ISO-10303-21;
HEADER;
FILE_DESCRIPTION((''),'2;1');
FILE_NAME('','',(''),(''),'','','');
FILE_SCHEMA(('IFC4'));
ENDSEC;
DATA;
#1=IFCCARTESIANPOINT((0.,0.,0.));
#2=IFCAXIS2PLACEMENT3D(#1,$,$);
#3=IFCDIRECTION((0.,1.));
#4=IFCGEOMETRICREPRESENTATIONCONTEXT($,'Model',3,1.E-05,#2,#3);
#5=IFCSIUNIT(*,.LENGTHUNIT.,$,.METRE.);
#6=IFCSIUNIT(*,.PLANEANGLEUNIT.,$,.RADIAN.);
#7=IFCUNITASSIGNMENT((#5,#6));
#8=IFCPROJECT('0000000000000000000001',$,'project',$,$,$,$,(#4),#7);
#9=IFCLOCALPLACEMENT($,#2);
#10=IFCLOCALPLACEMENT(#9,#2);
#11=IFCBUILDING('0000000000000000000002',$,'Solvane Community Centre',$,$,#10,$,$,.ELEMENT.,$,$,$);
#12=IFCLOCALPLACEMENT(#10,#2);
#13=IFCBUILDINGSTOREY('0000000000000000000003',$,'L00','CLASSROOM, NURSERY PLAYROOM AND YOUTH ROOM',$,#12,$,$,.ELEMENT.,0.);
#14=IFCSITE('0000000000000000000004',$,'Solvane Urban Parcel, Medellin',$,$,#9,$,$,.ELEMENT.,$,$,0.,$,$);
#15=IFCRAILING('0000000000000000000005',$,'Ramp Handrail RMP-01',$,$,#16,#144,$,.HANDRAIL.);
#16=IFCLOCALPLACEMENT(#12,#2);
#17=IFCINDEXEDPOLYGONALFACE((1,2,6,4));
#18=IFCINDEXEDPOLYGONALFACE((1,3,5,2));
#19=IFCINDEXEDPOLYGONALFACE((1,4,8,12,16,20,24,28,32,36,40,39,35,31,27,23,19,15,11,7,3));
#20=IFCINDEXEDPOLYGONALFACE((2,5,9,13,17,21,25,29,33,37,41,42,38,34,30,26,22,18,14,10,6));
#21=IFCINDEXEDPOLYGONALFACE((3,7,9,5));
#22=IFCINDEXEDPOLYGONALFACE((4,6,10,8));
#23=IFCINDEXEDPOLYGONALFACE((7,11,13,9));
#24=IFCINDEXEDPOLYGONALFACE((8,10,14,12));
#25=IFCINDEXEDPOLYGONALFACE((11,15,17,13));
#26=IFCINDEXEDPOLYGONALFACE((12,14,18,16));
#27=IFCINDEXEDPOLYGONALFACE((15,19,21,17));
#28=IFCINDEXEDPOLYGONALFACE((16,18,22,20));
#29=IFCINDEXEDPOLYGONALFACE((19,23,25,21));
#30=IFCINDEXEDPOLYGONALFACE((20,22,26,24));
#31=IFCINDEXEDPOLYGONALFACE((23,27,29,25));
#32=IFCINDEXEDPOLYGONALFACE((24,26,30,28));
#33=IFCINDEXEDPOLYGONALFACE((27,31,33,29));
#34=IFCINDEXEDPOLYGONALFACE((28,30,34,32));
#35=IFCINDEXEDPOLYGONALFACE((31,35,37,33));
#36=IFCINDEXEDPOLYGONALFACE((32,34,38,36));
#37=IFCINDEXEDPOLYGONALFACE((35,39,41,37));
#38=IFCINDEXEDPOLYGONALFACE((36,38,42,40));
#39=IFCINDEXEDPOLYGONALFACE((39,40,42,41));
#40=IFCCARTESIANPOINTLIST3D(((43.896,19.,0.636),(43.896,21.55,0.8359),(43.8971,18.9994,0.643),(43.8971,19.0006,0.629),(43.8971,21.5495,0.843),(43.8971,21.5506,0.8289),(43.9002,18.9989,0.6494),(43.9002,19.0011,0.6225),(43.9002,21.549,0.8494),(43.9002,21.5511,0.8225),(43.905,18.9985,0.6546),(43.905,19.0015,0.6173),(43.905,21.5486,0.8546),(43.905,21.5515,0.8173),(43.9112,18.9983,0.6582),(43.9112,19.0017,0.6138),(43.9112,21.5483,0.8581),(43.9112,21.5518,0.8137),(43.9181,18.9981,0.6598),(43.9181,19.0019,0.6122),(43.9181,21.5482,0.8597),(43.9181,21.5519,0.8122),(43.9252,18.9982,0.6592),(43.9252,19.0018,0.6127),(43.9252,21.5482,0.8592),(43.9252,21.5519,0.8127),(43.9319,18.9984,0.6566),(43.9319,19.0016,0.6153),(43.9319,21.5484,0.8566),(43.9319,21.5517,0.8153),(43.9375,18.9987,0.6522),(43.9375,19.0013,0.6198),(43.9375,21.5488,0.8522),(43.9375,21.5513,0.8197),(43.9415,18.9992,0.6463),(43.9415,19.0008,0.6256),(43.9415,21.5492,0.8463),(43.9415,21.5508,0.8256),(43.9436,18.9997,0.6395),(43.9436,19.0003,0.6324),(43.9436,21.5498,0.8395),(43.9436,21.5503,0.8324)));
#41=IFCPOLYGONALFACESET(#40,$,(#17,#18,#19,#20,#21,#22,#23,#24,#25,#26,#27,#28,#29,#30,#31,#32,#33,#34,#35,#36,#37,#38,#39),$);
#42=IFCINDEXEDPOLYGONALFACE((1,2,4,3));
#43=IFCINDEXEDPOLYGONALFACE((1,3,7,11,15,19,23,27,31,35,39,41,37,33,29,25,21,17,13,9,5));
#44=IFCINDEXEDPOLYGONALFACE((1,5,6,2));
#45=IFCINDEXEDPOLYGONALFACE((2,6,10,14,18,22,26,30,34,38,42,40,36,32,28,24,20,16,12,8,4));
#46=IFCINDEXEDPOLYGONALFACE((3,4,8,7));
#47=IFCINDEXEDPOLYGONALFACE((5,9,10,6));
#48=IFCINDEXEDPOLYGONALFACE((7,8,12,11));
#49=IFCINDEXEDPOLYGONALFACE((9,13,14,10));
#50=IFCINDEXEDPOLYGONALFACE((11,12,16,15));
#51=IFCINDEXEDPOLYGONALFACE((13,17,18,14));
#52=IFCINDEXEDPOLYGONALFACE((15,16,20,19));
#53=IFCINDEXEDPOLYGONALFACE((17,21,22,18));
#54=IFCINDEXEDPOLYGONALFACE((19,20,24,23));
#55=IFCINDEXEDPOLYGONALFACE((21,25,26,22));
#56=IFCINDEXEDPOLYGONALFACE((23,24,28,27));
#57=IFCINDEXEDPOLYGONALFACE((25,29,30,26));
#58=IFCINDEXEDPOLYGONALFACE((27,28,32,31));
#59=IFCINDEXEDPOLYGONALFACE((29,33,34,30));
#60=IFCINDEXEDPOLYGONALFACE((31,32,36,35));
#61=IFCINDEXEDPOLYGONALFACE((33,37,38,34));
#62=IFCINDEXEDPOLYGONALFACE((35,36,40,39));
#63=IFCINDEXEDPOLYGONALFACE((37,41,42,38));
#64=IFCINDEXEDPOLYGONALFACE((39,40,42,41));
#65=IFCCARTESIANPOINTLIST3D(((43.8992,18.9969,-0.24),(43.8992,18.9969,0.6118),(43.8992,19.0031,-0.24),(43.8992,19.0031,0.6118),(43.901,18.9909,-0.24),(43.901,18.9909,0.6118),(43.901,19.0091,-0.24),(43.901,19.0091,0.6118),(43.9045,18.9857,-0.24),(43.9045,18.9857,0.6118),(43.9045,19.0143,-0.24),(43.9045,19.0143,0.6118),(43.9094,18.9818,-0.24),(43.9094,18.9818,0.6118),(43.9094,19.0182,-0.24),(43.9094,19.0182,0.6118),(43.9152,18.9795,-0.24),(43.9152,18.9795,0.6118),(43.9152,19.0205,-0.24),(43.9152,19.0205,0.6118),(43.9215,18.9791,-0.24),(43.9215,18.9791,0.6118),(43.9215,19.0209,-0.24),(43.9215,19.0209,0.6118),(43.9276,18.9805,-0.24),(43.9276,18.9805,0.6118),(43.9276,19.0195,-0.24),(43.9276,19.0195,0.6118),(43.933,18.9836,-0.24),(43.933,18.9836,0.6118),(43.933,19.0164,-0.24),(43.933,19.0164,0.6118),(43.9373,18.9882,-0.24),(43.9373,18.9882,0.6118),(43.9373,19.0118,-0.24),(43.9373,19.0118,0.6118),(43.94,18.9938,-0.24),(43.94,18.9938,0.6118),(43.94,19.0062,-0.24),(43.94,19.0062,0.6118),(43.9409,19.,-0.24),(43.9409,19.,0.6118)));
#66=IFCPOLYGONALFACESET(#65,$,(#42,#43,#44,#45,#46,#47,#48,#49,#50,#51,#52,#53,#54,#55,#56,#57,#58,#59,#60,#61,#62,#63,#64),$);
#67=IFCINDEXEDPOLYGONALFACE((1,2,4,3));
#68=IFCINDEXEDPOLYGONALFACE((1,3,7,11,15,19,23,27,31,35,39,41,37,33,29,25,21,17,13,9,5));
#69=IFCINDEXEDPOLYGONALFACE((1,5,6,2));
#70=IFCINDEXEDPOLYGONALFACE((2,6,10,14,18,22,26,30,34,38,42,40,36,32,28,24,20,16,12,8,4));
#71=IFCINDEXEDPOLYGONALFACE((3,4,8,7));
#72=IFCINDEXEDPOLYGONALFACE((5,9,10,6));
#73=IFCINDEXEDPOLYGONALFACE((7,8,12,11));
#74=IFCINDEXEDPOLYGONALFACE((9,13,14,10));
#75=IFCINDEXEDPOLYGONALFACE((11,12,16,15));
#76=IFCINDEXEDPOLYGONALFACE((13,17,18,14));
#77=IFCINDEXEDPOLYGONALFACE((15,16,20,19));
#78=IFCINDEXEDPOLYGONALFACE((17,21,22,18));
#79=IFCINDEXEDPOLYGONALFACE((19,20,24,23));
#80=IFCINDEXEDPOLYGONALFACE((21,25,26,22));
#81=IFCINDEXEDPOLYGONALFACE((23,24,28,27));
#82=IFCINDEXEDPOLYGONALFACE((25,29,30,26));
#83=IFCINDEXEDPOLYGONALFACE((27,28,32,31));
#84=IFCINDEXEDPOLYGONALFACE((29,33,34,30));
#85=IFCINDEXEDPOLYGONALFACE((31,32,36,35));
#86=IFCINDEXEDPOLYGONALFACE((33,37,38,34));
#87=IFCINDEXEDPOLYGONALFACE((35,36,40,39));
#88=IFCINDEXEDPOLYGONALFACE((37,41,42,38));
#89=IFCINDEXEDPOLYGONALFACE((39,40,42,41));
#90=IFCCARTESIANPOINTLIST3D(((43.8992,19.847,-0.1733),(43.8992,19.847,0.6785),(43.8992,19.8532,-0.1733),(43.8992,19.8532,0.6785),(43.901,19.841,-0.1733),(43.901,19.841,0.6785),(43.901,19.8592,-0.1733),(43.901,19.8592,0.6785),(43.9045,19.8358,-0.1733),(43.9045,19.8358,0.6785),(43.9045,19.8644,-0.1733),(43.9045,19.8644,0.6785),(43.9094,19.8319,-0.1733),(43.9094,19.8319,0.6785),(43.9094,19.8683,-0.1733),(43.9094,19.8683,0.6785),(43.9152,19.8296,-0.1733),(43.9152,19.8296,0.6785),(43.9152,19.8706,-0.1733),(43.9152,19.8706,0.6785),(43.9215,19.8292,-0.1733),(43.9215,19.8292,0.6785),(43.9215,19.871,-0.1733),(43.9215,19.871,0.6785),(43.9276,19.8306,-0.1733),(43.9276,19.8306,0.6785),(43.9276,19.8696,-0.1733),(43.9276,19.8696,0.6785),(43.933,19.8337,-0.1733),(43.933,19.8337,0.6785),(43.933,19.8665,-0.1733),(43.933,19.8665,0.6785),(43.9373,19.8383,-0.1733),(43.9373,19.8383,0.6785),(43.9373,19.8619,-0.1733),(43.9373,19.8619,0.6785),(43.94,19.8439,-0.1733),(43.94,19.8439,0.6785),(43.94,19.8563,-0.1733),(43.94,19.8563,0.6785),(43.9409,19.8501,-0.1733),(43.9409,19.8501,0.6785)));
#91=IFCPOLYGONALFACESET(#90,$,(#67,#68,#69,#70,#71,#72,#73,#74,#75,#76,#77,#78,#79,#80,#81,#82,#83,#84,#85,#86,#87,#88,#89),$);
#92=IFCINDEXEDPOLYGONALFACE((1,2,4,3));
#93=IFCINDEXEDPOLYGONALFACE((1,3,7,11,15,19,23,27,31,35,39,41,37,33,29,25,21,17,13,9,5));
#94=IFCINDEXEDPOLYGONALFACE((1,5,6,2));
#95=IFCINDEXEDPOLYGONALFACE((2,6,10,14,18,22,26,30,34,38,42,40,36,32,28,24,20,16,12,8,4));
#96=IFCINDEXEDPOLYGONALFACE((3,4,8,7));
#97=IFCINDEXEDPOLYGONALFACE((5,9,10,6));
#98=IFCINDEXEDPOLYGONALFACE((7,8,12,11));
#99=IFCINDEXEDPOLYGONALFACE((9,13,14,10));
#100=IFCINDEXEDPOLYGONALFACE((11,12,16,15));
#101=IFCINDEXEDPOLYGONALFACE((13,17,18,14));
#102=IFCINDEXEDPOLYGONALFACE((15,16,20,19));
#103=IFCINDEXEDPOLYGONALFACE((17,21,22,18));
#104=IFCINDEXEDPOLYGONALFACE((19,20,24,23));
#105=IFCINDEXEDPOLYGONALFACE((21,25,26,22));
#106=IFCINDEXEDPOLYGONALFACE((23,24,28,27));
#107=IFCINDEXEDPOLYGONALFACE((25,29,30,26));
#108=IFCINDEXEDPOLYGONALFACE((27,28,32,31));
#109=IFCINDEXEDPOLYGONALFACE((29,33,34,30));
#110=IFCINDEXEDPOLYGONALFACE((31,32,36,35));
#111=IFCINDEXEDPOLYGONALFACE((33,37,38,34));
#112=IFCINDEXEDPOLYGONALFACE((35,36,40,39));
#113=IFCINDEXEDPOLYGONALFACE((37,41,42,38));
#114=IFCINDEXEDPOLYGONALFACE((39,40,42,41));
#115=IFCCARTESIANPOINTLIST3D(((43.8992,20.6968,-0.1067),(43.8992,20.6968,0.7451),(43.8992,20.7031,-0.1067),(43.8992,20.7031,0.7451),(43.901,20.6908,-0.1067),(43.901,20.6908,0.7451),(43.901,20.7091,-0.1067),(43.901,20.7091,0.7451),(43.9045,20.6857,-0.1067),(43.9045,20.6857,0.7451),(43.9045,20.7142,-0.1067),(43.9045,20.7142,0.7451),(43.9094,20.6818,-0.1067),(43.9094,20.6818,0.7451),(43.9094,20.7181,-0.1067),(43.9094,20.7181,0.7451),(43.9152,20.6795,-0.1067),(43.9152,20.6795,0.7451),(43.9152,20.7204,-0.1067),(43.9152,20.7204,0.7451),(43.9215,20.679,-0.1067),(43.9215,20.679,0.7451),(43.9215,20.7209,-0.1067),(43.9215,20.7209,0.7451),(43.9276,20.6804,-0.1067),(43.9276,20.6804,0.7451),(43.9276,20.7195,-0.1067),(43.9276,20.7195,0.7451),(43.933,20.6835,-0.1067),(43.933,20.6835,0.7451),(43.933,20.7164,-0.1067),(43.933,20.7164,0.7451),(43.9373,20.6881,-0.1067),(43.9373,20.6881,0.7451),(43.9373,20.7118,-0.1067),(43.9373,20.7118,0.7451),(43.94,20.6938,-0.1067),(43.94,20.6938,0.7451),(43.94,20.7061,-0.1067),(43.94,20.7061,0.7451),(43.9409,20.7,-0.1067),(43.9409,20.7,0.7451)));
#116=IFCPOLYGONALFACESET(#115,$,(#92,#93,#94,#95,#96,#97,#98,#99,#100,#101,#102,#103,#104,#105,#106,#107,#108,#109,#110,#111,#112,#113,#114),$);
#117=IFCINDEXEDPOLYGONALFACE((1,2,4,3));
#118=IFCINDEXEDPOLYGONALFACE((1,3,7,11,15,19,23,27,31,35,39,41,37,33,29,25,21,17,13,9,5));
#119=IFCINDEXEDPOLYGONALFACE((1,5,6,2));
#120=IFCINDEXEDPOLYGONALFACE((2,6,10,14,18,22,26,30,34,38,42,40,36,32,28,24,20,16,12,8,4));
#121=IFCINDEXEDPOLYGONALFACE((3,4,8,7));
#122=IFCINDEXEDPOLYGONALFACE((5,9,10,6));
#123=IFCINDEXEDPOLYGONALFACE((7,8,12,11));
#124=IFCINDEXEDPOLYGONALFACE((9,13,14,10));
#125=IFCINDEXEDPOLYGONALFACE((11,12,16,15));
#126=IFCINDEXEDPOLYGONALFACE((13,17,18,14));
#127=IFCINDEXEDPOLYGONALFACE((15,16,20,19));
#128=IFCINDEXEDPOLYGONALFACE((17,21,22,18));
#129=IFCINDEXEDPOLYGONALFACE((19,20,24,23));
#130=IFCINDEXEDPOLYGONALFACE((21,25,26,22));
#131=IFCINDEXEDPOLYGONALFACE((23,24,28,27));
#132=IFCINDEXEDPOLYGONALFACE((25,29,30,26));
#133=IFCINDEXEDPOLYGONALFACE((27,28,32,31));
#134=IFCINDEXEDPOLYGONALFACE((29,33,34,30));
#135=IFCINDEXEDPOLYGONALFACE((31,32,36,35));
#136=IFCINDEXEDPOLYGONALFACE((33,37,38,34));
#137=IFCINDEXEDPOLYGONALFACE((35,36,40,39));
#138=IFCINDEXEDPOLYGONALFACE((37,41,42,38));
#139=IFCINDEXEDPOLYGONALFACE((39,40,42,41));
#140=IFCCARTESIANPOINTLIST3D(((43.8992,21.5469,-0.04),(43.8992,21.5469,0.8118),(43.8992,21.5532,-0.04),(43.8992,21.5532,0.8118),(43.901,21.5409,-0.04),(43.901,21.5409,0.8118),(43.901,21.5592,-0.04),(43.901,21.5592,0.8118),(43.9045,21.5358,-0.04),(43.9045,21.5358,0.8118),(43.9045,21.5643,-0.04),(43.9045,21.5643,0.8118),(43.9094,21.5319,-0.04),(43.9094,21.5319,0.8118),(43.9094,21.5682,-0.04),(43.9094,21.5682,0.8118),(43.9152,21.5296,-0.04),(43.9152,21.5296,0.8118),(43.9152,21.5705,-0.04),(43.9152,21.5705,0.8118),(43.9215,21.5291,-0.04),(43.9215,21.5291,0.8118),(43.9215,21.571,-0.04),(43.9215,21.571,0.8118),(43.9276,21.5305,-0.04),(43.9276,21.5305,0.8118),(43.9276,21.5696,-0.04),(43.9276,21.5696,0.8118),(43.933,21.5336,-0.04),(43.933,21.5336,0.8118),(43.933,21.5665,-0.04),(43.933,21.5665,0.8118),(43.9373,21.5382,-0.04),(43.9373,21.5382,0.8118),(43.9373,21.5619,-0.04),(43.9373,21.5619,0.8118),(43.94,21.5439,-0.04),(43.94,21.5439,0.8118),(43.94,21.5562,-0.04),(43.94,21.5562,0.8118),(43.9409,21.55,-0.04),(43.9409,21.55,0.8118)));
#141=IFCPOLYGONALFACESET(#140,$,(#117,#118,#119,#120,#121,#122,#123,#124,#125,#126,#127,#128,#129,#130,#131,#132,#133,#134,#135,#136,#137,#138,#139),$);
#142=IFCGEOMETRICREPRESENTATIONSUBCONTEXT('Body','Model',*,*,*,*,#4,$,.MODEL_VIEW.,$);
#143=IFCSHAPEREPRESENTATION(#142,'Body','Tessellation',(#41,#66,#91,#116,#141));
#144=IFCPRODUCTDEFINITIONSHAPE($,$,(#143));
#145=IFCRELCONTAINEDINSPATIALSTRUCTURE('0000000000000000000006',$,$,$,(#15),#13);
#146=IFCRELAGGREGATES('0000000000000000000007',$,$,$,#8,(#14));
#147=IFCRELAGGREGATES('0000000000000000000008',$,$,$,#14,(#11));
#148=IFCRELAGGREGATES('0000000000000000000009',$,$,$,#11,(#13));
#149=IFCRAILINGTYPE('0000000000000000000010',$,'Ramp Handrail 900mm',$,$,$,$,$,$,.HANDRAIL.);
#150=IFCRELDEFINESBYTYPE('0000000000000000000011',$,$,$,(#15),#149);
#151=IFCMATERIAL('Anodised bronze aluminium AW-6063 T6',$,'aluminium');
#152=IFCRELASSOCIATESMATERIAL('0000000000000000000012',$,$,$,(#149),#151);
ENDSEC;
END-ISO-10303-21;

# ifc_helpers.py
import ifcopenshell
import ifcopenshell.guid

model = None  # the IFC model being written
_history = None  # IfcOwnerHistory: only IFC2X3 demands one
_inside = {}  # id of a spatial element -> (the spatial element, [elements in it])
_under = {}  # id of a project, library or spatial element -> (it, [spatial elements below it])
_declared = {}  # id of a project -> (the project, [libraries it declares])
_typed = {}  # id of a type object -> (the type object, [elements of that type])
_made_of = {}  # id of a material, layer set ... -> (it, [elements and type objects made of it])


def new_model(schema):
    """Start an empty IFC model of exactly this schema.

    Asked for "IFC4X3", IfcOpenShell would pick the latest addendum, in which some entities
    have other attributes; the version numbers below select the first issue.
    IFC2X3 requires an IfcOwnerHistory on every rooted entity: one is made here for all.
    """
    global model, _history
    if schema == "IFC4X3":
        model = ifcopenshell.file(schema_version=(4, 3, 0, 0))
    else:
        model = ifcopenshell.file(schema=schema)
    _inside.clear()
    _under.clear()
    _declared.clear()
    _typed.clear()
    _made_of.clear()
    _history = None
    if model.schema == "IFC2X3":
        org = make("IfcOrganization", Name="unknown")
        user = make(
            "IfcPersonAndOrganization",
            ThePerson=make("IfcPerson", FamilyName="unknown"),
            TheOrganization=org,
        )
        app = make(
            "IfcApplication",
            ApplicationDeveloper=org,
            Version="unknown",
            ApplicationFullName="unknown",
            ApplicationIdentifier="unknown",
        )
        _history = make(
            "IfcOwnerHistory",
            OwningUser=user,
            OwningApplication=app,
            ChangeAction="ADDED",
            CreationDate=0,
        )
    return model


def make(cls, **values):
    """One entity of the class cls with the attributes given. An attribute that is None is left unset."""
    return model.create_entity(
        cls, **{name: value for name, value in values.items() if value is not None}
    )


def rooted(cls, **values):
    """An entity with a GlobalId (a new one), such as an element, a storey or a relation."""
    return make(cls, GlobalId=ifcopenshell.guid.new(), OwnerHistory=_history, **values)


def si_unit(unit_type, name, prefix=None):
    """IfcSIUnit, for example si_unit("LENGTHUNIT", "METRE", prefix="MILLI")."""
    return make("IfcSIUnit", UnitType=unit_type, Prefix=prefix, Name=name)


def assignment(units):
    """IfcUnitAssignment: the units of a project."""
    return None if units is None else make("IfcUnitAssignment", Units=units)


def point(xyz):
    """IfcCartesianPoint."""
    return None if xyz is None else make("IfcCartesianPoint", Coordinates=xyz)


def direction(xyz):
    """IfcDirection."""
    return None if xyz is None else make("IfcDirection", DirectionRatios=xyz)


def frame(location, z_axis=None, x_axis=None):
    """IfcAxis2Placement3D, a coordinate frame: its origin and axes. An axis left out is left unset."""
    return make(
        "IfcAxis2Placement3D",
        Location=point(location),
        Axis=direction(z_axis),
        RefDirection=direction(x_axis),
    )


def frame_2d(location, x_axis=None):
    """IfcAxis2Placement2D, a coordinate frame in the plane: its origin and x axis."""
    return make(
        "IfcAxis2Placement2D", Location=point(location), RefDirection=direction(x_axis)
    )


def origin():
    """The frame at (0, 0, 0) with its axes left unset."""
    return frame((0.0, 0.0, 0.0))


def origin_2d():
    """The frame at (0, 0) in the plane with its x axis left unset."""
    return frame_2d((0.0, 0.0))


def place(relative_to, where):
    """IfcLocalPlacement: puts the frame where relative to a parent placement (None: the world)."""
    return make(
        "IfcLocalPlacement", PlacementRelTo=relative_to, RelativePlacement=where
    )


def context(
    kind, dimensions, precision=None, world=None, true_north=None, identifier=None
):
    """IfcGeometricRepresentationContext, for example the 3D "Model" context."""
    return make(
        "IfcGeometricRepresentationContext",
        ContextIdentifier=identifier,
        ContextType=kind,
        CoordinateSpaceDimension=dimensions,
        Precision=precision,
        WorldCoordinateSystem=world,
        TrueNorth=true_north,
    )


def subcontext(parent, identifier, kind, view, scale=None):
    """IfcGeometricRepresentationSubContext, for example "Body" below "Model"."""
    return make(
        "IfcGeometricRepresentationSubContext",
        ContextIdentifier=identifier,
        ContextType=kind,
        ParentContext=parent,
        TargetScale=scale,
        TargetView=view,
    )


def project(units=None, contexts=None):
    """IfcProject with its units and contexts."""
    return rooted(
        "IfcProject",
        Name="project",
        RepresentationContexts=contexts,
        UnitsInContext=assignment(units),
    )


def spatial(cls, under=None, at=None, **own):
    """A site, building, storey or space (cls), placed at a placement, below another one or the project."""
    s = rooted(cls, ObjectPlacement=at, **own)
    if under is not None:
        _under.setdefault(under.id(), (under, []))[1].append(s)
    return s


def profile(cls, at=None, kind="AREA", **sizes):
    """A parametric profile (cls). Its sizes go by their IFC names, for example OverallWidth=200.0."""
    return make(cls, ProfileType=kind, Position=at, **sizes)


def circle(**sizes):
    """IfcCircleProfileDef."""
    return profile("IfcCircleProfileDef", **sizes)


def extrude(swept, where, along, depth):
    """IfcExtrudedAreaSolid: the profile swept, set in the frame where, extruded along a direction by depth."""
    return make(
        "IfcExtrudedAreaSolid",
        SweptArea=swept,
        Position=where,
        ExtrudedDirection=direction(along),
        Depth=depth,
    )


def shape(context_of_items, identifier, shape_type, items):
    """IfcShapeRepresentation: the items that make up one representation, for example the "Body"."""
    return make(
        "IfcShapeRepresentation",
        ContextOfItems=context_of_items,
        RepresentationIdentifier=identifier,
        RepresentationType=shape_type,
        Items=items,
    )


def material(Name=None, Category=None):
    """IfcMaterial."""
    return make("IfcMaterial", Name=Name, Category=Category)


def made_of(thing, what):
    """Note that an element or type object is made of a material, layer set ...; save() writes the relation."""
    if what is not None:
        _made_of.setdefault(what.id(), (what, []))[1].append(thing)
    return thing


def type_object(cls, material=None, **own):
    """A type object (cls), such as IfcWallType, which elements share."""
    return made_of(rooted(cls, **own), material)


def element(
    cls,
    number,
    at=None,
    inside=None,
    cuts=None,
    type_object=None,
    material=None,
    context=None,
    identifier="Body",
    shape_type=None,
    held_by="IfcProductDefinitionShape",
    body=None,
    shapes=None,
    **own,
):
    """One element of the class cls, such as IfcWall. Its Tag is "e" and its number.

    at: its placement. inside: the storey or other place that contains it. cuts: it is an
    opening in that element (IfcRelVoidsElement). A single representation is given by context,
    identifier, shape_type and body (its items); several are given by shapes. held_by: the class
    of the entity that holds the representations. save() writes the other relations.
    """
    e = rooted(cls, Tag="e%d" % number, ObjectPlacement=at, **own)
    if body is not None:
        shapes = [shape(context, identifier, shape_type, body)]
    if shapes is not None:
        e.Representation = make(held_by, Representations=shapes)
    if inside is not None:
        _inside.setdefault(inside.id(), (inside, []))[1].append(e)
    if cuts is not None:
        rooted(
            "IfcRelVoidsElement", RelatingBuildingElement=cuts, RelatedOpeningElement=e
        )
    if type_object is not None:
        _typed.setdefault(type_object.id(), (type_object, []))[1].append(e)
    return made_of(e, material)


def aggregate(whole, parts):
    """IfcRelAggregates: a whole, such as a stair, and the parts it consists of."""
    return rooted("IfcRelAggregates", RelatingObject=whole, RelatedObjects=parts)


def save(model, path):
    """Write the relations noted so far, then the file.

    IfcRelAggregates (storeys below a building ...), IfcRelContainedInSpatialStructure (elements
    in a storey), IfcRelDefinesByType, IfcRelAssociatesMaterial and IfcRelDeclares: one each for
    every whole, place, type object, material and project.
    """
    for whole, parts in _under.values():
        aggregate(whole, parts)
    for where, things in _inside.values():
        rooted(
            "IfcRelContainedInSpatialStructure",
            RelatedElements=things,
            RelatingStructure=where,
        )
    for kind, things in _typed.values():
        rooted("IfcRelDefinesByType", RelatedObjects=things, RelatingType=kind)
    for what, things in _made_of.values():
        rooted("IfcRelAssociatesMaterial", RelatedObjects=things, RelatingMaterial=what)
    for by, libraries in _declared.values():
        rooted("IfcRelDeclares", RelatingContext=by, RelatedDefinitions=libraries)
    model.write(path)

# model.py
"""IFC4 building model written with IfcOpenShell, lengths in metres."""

from ifc_helpers import new_model, si_unit, direction, frame, origin, origin_2d, place, context, subcontext, project, spatial, circle, extrude, material, type_object, element, save


model = new_model("IFC4")

# Units and contexts
model_context = context("Model", 3, precision=1e-05, world=origin(), true_north=direction((0.0, 1.0)))
body_context = subcontext(model_context, "Body", "Model", "MODEL_VIEW")
ifc_project = project(units=[si_unit("LENGTHUNIT", "METRE"), si_unit("PLANEANGLEUNIT", "RADIAN")], contexts=[model_context])

# Site, building, storey
site_placement = place(None, origin())
site = spatial("IfcSite", under=ifc_project, at=site_placement, Name="Solvane Urban Parcel, Medellin", CompositionType="ELEMENT", RefElevation=0.0)
building_placement = place(site_placement, origin())
building = spatial("IfcBuilding", under=site, at=building_placement, Name="Solvane Community Centre", CompositionType="ELEMENT")
storey_placement = place(building_placement, origin())
storey = spatial("IfcBuildingStorey", under=building, at=storey_placement, Name="L00", Description="CLASSROOM, NURSERY PLAYROOM AND YOUTH ROOM", CompositionType="ELEMENT", Elevation=0.0)

# Railing
ifc_material_1 = material(Name="Anodised bronze aluminium AW-6063 T6", Category="aluminium")
railing_type = type_object("IfcRailingType", Name="Ramp Handrail 900mm", PredefinedType="HANDRAIL", material=ifc_material_1)
for number, where, name in (
    (1, (43.9199, 19.0, -0.24), "Ramp Handrail RMP-01"),
):
    element("IfcRailing", number, at=place(storey_placement, frame(where)), inside=storey, type_object=railing_type, Name=name, PredefinedType="HANDRAIL", context=body_context, shape_type="SweptSolid", body=[
        extrude(circle(Radius=0.0239, at=origin_2d()), frame((0.0, 0.0, 0.876), z_axis=(0.0, 0.99694, 0.078171), x_axis=(-1.0, 0.0, 0.0)), (0.0, 0.0, 1.0), 2.5579),
        extrude(circle(Radius=0.021, at=origin_2d()), origin(), (0.0, 0.0, 1.0), 0.8518),
        extrude(circle(Radius=0.021, at=origin_2d()), frame((0.0, 0.8501, 0.0667)), (0.0, 0.0, 1.0), 0.8518),
        extrude(circle(Radius=0.021, at=origin_2d()), frame((0.0, 1.7, 0.1333)), (0.0, 0.0, 1.0), 0.8518),
        extrude(circle(Radius=0.021, at=origin_2d()), frame((0.0, 2.55, 0.2)), (0.0, 0.0, 1.0), 0.8518),
    ])

save(model, "model.ifc")
